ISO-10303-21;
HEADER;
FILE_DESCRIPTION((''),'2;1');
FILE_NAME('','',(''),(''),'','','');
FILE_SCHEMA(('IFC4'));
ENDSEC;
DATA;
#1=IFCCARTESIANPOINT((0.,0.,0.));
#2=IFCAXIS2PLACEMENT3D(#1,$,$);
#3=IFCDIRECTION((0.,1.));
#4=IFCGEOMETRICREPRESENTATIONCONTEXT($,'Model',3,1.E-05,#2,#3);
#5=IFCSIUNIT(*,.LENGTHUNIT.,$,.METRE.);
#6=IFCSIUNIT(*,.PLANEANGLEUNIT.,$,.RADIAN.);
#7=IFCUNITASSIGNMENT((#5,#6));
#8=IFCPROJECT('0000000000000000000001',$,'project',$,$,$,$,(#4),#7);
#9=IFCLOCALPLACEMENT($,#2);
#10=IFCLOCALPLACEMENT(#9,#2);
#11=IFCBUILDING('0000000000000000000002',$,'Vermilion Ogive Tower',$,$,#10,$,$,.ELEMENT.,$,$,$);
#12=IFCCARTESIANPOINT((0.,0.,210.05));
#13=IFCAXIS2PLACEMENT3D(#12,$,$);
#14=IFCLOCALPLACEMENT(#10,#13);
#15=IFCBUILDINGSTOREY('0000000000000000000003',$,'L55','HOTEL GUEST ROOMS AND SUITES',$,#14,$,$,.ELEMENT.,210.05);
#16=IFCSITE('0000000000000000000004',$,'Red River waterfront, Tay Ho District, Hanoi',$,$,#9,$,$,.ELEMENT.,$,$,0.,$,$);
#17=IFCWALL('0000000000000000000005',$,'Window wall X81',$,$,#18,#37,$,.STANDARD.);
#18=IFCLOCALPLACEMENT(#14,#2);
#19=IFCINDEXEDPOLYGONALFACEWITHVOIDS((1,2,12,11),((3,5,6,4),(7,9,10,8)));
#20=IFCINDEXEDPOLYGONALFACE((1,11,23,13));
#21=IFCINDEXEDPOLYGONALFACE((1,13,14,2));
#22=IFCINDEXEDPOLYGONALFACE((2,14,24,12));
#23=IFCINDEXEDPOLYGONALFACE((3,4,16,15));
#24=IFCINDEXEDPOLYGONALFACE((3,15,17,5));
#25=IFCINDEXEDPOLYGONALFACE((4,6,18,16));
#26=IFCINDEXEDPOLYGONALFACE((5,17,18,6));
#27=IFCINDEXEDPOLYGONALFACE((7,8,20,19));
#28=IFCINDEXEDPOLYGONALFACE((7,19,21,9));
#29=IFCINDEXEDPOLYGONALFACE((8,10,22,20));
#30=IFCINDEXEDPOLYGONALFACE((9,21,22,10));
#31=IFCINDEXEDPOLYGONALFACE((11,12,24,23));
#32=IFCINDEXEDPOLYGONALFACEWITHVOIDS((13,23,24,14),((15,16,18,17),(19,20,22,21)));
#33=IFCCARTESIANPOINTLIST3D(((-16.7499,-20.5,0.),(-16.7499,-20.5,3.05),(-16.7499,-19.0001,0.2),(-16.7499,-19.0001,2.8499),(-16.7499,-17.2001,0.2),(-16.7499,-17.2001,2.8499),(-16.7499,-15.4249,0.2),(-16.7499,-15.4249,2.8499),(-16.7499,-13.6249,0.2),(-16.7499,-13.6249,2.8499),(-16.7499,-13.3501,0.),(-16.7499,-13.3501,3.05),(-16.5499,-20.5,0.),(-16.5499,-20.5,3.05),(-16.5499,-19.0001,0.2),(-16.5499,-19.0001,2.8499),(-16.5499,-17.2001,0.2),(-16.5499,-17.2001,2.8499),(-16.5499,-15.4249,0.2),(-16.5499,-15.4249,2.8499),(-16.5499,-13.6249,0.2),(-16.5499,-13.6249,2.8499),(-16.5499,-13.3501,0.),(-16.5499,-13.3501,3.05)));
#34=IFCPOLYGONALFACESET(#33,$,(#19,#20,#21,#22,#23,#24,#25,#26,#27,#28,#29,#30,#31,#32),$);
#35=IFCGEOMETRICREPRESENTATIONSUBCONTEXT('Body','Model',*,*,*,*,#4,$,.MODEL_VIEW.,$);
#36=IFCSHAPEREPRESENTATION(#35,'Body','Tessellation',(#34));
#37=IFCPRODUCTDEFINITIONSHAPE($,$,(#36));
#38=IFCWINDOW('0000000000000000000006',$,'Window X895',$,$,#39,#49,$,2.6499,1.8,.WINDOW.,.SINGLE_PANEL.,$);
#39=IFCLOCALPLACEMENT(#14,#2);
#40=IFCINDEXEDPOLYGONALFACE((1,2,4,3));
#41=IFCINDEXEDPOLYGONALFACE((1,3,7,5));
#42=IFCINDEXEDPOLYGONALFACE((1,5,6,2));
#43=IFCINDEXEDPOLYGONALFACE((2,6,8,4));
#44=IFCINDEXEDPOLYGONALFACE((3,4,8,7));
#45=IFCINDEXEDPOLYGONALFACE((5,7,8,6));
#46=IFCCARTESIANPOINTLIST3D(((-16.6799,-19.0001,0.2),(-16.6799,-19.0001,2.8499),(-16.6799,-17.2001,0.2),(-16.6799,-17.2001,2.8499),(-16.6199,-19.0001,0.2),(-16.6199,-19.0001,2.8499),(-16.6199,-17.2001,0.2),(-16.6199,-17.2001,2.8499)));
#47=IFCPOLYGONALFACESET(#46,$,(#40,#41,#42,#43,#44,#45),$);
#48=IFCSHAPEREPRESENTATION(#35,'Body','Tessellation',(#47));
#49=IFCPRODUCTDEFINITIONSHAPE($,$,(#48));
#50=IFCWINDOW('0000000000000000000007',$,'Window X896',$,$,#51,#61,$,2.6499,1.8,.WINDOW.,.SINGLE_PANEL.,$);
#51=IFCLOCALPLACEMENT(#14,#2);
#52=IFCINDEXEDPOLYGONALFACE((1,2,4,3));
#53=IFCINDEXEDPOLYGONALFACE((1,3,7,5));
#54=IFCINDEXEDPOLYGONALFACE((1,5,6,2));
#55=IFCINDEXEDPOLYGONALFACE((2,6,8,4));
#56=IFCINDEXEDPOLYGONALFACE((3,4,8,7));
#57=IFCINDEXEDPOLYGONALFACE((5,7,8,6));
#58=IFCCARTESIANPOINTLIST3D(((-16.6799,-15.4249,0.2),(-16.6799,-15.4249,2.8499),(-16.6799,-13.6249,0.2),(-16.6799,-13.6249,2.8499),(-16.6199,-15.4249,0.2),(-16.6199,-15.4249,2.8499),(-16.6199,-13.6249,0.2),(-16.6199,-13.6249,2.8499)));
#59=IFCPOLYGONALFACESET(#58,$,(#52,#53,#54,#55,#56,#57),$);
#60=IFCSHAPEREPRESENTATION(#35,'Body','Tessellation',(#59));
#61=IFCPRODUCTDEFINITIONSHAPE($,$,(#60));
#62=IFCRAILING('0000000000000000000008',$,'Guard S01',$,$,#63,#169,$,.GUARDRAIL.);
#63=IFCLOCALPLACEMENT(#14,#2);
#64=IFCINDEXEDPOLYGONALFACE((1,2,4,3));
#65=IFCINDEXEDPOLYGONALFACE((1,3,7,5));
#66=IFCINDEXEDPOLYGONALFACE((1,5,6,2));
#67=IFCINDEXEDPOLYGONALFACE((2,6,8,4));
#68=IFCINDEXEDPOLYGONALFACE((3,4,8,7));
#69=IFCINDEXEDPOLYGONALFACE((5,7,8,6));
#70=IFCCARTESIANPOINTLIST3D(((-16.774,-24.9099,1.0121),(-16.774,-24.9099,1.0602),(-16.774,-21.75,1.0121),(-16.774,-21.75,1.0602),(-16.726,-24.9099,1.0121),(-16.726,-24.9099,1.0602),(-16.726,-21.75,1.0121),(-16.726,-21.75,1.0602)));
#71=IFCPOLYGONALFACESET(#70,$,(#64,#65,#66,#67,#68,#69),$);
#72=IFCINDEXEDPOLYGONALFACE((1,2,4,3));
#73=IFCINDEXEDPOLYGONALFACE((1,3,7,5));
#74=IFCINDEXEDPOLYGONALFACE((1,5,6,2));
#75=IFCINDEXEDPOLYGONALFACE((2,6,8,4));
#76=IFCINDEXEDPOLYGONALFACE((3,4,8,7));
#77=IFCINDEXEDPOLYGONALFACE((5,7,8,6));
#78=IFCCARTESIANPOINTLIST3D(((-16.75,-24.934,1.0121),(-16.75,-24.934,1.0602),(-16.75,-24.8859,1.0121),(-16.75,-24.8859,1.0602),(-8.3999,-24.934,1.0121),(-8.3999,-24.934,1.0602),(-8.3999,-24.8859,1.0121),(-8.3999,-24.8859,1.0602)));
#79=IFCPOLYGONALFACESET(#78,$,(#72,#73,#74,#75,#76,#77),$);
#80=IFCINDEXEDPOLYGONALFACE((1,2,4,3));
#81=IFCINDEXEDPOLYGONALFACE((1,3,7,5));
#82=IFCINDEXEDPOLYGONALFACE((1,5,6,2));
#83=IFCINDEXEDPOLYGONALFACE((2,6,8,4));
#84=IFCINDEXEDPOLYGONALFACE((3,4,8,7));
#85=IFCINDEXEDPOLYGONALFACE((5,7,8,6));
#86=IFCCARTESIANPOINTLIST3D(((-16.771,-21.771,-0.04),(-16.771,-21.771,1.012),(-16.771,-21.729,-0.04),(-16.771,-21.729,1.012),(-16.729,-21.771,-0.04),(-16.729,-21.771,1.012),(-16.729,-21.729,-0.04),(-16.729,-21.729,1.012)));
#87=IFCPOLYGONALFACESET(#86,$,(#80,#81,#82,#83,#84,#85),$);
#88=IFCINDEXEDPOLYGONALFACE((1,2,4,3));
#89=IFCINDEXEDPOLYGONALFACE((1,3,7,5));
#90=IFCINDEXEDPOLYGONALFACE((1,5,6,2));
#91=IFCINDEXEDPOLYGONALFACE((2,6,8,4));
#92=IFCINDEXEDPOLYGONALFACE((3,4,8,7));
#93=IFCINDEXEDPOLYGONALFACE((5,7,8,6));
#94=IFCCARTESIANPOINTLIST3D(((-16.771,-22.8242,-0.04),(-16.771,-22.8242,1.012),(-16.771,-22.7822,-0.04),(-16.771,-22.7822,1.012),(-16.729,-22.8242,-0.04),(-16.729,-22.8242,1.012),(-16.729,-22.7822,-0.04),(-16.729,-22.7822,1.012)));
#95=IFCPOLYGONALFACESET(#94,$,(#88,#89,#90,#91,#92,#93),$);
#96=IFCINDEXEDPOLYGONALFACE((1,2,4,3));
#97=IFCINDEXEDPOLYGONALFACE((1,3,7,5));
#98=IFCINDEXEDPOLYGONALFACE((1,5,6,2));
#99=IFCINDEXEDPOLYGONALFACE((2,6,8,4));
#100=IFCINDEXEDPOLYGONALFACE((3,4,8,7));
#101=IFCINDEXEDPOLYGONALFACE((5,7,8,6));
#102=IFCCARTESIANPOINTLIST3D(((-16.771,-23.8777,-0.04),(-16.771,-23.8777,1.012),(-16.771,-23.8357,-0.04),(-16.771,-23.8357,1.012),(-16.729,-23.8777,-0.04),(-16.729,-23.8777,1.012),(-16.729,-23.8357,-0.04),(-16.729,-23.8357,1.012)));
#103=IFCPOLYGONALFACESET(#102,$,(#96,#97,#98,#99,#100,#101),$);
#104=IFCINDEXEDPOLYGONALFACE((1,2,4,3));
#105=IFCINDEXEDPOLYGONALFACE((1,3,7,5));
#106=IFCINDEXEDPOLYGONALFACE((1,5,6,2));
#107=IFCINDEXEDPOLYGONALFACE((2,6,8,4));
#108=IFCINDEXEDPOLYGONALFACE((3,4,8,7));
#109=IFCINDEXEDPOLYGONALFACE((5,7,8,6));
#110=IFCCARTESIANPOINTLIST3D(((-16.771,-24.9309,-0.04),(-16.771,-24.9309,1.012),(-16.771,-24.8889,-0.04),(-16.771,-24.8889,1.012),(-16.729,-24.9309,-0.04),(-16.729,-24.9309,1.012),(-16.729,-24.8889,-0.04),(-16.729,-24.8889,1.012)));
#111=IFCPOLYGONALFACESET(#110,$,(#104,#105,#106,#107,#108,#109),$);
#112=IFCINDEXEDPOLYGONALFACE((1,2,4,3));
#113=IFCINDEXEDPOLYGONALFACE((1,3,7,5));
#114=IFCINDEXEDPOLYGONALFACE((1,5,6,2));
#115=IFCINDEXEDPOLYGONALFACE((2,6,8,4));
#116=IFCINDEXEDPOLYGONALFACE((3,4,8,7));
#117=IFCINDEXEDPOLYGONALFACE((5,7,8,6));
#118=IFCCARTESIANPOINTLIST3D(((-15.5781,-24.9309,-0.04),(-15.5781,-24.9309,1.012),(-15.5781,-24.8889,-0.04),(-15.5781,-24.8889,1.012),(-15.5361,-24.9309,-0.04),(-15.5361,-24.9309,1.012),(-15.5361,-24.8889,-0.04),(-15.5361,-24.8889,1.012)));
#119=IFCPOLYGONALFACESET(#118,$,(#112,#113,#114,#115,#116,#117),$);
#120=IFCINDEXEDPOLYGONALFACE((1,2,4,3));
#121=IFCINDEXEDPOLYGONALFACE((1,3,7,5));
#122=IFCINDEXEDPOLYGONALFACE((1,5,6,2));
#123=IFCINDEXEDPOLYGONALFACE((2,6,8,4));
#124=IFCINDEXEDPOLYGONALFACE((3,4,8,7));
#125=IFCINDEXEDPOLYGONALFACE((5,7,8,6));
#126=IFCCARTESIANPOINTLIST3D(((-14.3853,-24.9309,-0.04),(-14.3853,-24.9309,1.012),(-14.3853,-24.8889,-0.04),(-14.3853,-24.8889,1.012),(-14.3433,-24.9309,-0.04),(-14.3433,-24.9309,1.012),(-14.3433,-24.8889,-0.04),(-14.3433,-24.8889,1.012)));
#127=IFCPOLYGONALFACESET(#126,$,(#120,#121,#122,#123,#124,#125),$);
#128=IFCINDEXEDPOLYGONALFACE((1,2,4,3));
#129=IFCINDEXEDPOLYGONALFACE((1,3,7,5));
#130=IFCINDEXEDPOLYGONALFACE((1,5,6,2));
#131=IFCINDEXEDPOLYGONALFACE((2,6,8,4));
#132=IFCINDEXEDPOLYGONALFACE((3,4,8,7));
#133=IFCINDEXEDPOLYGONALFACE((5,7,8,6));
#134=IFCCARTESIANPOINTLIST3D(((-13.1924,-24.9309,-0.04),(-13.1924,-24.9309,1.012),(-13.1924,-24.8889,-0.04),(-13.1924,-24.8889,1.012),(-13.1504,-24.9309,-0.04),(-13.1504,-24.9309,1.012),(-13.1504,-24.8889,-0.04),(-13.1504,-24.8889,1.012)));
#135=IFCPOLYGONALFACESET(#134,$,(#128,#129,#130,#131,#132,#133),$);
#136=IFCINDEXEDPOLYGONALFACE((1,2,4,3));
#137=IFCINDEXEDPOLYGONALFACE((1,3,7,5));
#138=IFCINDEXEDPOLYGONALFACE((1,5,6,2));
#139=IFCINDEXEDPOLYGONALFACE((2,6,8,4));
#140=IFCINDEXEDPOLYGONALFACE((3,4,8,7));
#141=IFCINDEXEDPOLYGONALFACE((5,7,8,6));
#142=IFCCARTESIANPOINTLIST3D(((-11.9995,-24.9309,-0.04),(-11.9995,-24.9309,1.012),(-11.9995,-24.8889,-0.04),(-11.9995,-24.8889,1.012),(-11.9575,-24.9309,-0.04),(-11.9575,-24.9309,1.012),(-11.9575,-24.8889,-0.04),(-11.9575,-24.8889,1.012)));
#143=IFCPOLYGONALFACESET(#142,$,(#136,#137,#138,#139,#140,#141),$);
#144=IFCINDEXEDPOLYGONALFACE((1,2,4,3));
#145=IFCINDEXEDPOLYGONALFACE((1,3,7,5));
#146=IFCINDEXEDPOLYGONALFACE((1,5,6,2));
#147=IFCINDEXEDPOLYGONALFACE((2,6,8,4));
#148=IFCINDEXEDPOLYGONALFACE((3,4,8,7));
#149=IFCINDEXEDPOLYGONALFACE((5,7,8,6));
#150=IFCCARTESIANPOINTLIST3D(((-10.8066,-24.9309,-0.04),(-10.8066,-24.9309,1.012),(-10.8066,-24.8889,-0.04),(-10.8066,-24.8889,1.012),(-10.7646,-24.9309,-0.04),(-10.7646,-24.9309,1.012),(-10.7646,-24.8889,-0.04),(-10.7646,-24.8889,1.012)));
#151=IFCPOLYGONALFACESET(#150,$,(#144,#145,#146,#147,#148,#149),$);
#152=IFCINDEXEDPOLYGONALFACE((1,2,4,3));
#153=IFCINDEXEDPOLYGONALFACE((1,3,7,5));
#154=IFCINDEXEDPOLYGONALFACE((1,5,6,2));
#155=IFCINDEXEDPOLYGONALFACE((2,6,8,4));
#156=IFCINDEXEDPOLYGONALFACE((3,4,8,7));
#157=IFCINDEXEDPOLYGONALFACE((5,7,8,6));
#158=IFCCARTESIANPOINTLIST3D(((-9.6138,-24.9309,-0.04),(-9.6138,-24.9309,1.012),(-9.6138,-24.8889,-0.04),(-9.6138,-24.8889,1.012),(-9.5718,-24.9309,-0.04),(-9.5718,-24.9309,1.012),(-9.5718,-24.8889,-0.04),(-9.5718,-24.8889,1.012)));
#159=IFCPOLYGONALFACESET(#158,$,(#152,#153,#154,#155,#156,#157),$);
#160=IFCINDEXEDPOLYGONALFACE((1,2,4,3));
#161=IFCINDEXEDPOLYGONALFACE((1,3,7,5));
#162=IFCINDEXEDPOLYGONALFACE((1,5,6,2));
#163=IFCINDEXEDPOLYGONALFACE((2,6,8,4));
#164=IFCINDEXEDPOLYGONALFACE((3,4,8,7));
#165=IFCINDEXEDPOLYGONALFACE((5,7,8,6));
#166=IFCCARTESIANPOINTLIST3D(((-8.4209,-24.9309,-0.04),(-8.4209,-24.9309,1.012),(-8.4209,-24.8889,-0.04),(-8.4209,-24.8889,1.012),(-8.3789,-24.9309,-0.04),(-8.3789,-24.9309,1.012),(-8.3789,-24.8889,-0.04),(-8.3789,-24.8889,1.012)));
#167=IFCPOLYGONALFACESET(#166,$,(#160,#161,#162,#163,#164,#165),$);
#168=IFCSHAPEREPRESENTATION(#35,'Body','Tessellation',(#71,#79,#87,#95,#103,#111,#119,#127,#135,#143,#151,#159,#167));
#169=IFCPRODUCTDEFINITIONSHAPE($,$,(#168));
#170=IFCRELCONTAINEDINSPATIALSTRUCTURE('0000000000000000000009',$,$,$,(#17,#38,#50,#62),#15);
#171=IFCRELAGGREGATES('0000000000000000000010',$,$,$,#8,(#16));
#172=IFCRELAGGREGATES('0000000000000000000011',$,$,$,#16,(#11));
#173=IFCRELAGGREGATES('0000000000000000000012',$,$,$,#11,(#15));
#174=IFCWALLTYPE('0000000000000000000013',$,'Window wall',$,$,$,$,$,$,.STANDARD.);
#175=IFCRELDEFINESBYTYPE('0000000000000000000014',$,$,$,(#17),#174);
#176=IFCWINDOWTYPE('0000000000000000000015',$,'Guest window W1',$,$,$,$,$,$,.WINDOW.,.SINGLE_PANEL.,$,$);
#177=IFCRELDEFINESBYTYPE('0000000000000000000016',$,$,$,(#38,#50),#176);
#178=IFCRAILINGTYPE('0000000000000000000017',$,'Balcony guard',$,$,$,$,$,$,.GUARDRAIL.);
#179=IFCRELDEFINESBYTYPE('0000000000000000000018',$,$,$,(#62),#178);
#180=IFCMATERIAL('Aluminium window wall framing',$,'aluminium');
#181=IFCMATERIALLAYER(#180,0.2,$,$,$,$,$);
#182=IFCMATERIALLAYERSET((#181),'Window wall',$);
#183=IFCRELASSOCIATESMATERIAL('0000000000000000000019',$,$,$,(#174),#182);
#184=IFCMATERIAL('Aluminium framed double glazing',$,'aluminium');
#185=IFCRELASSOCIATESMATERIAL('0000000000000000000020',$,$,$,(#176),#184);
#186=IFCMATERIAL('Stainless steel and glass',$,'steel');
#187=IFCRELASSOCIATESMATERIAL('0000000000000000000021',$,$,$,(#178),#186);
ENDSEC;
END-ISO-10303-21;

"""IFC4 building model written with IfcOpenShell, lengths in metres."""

from ifc_helpers import new_model, si_unit, direction, frame, frame_2d, origin, origin_2d, place, context, subcontext, project, spatial, rectangle, extrude, material, layer, layer_set, type_object, element, fill, save


model = new_model("IFC4")

# Units and contexts
model_context = context("Model", 3, precision=1e-05, world=origin(), true_north=direction((0.0, 1.0)))
body_context = subcontext(model_context, "Body", "Model", "MODEL_VIEW")
ifc_project = project(units=[si_unit("LENGTHUNIT", "METRE"), si_unit("PLANEANGLEUNIT", "RADIAN")], contexts=[model_context])

# Site, building, storey
site_placement = place(None, origin())
site = spatial("IfcSite", under=ifc_project, at=site_placement, Name="Red River waterfront, Tay Ho District, Hanoi", CompositionType="ELEMENT", RefElevation=0.0)
building_placement = place(site_placement, origin())
building = spatial("IfcBuilding", under=site, at=building_placement, Name="Vermilion Ogive Tower", CompositionType="ELEMENT")
storey_placement = place(building_placement, frame((0.0, 0.0, 210.05)))
storey = spatial("IfcBuildingStorey", under=building, at=storey_placement, Name="L55", Description="HOTEL GUEST ROOMS AND SUITES", CompositionType="ELEMENT", Elevation=210.05)

# Shared definitions
ifc_material_1 = material(Name="Aluminium window wall framing", Category="aluminium")
ifc_layer_1 = layer(ifc_material_1, 0.2)
ifc_layer_set_1 = layer_set([ifc_layer_1], Name="Window wall")
wall_type_1 = type_object("IfcWallType", Name="Window wall", PredefinedType="STANDARD", material=ifc_layer_set_1)

# Wall, openings, windows
wall_1_placement = place(storey_placement, frame((-16.6499, -13.3501, 0.0), z_axis=(0.0, 0.0, 1.0), x_axis=(0.0, -1.0, 0.0)))
wall_1 = element("IfcWall", 1, at=wall_1_placement, inside=storey, type_object=wall_type_1, Name="Window wall X81", PredefinedType="STANDARD", context=body_context, shape_type="SweptSolid", body=[
    extrude(rectangle(XDim=7.1499, YDim=0.2, at=frame_2d((3.575, 0.0))), origin(), (0.0, 0.0, 1.0), 3.05),
])
opening_1_placement = place(wall_1_placement, frame((3.8501, 0.0, 0.2)))
opening_1 = element("IfcOpeningElement", 2, at=opening_1_placement, cuts=wall_1, PredefinedType="OPENING", context=body_context, shape_type="SweptSolid", body=[
    extrude(rectangle(XDim=1.8, YDim=2.6499, at=frame_2d((0.8999, 1.325))), frame((0.0, 0.1099, 0.0), z_axis=(0.0, -1.0, 0.0), x_axis=(1.0, 0.0, 0.0)), (0.0, 0.0, 1.0), 0.22),
])
opening_2_placement = place(wall_1_placement, frame((0.2749, 0.0, 0.2)))
opening_2 = element("IfcOpeningElement", 3, at=opening_2_placement, cuts=wall_1, PredefinedType="OPENING", context=body_context, shape_type="SweptSolid", body=[
    extrude(rectangle(XDim=1.8, YDim=2.6499, at=frame_2d((0.8999, 1.325))), frame((0.0, 0.1099, 0.0), z_axis=(0.0, -1.0, 0.0), x_axis=(1.0, 0.0, 0.0)), (0.0, 0.0, 1.0), 0.22),
])
ifc_material_2 = material(Name="Aluminium framed double glazing", Category="aluminium")
window_type = type_object("IfcWindowType", Name="Guest window W1", PartitioningType="SINGLE_PANEL", PredefinedType="WINDOW", material=ifc_material_2)
window_1_placement = place(opening_1_placement, origin())
window_1 = element("IfcWindow", 4, at=window_1_placement, inside=storey, type_object=window_type, Name="Window X895", OverallHeight=2.6499, OverallWidth=1.8, PartitioningType="SINGLE_PANEL", PredefinedType="WINDOW", context=body_context, shape_type="SweptSolid", body=[
    extrude(rectangle(XDim=1.8, YDim=2.6499, at=frame_2d((0.8999, 1.325))), frame((0.0, 0.03, 0.0), z_axis=(0.0, -1.0, 0.0), x_axis=(1.0, 0.0, 0.0)), (0.0, 0.0, 1.0), 0.0601),
])
fill(opening_1, window_1)
window_2_placement = place(opening_2_placement, origin())
window_2 = element("IfcWindow", 5, at=window_2_placement, inside=storey, type_object=window_type, Name="Window X896", OverallHeight=2.6499, OverallWidth=1.8, PartitioningType="SINGLE_PANEL", PredefinedType="WINDOW", context=body_context, shape_type="SweptSolid", body=[
    extrude(rectangle(XDim=1.8, YDim=2.6499, at=frame_2d((0.8999, 1.325))), frame((0.0, 0.03, 0.0), z_axis=(0.0, -1.0, 0.0), x_axis=(1.0, 0.0, 0.0)), (0.0, 0.0, 1.0), 0.0601),
])
fill(opening_2, window_2)

# Railing
ifc_material_3 = material(Name="Stainless steel and glass", Category="steel")
railing_type = type_object("IfcRailingType", Name="Balcony guard", PredefinedType="GUARDRAIL", material=ifc_material_3)
railing_placement = place(storey_placement, frame((-16.75, -21.75, -0.04)))
element("IfcRailing", 6, at=railing_placement, inside=storey, type_object=railing_type, Name="Guard S01", PredefinedType="GUARDRAIL", context=body_context, shape_type="SweptSolid", body=[
    extrude(rectangle(XDim=0.0481, YDim=0.0481, at=origin_2d()), frame((0.0, 0.0, 1.0762), z_axis=(0.0, -1.0, 0.0), x_axis=(1.0, 0.0, 0.0)), (0.0, 0.0, 1.0), 3.1599),
    extrude(rectangle(XDim=0.0481, YDim=0.0481, at=origin_2d()), frame((0.0, -3.1599, 1.0762), z_axis=(1.0, 0.0, 0.0), x_axis=(0.0, 1.0, 0.0)), (0.0, 0.0, 1.0), 8.3501),
    extrude(rectangle(XDim=0.042, YDim=0.042, at=origin_2d()), origin(), (0.0, 0.0, 1.0), 1.052),
    extrude(rectangle(XDim=0.042, YDim=0.042, at=origin_2d()), frame((0.0, -1.0532, 0.0)), (0.0, 0.0, 1.0), 1.052),
    extrude(rectangle(XDim=0.042, YDim=0.042, at=origin_2d()), frame((0.0, -2.1067, 0.0)), (0.0, 0.0, 1.0), 1.052),
    extrude(rectangle(XDim=0.042, YDim=0.042, at=origin_2d()), frame((0.0, -3.1599, 0.0)), (0.0, 0.0, 1.0), 1.052),
    extrude(rectangle(XDim=0.042, YDim=0.042, at=origin_2d()), frame((1.1929, -3.1599, 0.0)), (0.0, 0.0, 1.0), 1.052),
    extrude(rectangle(XDim=0.042, YDim=0.042, at=origin_2d()), frame((2.3857, -3.1599, 0.0)), (0.0, 0.0, 1.0), 1.052),
    extrude(rectangle(XDim=0.042, YDim=0.042, at=origin_2d()), frame((3.5786, -3.1599, 0.0)), (0.0, 0.0, 1.0), 1.052),
    extrude(rectangle(XDim=0.042, YDim=0.042, at=origin_2d()), frame((4.7715, -3.1599, 0.0)), (0.0, 0.0, 1.0), 1.052),
    extrude(rectangle(XDim=0.042, YDim=0.042, at=origin_2d()), frame((5.9644, -3.1599, 0.0)), (0.0, 0.0, 1.0), 1.052),
    extrude(rectangle(XDim=0.042, YDim=0.042, at=origin_2d()), frame((7.1572, -3.1599, 0.0)), (0.0, 0.0, 1.0), 1.052),
    extrude(rectangle(XDim=0.042, YDim=0.042, at=origin_2d()), frame((8.3501, -3.1599, 0.0)), (0.0, 0.0, 1.0), 1.052),
])

save(model, "model.ifc")
